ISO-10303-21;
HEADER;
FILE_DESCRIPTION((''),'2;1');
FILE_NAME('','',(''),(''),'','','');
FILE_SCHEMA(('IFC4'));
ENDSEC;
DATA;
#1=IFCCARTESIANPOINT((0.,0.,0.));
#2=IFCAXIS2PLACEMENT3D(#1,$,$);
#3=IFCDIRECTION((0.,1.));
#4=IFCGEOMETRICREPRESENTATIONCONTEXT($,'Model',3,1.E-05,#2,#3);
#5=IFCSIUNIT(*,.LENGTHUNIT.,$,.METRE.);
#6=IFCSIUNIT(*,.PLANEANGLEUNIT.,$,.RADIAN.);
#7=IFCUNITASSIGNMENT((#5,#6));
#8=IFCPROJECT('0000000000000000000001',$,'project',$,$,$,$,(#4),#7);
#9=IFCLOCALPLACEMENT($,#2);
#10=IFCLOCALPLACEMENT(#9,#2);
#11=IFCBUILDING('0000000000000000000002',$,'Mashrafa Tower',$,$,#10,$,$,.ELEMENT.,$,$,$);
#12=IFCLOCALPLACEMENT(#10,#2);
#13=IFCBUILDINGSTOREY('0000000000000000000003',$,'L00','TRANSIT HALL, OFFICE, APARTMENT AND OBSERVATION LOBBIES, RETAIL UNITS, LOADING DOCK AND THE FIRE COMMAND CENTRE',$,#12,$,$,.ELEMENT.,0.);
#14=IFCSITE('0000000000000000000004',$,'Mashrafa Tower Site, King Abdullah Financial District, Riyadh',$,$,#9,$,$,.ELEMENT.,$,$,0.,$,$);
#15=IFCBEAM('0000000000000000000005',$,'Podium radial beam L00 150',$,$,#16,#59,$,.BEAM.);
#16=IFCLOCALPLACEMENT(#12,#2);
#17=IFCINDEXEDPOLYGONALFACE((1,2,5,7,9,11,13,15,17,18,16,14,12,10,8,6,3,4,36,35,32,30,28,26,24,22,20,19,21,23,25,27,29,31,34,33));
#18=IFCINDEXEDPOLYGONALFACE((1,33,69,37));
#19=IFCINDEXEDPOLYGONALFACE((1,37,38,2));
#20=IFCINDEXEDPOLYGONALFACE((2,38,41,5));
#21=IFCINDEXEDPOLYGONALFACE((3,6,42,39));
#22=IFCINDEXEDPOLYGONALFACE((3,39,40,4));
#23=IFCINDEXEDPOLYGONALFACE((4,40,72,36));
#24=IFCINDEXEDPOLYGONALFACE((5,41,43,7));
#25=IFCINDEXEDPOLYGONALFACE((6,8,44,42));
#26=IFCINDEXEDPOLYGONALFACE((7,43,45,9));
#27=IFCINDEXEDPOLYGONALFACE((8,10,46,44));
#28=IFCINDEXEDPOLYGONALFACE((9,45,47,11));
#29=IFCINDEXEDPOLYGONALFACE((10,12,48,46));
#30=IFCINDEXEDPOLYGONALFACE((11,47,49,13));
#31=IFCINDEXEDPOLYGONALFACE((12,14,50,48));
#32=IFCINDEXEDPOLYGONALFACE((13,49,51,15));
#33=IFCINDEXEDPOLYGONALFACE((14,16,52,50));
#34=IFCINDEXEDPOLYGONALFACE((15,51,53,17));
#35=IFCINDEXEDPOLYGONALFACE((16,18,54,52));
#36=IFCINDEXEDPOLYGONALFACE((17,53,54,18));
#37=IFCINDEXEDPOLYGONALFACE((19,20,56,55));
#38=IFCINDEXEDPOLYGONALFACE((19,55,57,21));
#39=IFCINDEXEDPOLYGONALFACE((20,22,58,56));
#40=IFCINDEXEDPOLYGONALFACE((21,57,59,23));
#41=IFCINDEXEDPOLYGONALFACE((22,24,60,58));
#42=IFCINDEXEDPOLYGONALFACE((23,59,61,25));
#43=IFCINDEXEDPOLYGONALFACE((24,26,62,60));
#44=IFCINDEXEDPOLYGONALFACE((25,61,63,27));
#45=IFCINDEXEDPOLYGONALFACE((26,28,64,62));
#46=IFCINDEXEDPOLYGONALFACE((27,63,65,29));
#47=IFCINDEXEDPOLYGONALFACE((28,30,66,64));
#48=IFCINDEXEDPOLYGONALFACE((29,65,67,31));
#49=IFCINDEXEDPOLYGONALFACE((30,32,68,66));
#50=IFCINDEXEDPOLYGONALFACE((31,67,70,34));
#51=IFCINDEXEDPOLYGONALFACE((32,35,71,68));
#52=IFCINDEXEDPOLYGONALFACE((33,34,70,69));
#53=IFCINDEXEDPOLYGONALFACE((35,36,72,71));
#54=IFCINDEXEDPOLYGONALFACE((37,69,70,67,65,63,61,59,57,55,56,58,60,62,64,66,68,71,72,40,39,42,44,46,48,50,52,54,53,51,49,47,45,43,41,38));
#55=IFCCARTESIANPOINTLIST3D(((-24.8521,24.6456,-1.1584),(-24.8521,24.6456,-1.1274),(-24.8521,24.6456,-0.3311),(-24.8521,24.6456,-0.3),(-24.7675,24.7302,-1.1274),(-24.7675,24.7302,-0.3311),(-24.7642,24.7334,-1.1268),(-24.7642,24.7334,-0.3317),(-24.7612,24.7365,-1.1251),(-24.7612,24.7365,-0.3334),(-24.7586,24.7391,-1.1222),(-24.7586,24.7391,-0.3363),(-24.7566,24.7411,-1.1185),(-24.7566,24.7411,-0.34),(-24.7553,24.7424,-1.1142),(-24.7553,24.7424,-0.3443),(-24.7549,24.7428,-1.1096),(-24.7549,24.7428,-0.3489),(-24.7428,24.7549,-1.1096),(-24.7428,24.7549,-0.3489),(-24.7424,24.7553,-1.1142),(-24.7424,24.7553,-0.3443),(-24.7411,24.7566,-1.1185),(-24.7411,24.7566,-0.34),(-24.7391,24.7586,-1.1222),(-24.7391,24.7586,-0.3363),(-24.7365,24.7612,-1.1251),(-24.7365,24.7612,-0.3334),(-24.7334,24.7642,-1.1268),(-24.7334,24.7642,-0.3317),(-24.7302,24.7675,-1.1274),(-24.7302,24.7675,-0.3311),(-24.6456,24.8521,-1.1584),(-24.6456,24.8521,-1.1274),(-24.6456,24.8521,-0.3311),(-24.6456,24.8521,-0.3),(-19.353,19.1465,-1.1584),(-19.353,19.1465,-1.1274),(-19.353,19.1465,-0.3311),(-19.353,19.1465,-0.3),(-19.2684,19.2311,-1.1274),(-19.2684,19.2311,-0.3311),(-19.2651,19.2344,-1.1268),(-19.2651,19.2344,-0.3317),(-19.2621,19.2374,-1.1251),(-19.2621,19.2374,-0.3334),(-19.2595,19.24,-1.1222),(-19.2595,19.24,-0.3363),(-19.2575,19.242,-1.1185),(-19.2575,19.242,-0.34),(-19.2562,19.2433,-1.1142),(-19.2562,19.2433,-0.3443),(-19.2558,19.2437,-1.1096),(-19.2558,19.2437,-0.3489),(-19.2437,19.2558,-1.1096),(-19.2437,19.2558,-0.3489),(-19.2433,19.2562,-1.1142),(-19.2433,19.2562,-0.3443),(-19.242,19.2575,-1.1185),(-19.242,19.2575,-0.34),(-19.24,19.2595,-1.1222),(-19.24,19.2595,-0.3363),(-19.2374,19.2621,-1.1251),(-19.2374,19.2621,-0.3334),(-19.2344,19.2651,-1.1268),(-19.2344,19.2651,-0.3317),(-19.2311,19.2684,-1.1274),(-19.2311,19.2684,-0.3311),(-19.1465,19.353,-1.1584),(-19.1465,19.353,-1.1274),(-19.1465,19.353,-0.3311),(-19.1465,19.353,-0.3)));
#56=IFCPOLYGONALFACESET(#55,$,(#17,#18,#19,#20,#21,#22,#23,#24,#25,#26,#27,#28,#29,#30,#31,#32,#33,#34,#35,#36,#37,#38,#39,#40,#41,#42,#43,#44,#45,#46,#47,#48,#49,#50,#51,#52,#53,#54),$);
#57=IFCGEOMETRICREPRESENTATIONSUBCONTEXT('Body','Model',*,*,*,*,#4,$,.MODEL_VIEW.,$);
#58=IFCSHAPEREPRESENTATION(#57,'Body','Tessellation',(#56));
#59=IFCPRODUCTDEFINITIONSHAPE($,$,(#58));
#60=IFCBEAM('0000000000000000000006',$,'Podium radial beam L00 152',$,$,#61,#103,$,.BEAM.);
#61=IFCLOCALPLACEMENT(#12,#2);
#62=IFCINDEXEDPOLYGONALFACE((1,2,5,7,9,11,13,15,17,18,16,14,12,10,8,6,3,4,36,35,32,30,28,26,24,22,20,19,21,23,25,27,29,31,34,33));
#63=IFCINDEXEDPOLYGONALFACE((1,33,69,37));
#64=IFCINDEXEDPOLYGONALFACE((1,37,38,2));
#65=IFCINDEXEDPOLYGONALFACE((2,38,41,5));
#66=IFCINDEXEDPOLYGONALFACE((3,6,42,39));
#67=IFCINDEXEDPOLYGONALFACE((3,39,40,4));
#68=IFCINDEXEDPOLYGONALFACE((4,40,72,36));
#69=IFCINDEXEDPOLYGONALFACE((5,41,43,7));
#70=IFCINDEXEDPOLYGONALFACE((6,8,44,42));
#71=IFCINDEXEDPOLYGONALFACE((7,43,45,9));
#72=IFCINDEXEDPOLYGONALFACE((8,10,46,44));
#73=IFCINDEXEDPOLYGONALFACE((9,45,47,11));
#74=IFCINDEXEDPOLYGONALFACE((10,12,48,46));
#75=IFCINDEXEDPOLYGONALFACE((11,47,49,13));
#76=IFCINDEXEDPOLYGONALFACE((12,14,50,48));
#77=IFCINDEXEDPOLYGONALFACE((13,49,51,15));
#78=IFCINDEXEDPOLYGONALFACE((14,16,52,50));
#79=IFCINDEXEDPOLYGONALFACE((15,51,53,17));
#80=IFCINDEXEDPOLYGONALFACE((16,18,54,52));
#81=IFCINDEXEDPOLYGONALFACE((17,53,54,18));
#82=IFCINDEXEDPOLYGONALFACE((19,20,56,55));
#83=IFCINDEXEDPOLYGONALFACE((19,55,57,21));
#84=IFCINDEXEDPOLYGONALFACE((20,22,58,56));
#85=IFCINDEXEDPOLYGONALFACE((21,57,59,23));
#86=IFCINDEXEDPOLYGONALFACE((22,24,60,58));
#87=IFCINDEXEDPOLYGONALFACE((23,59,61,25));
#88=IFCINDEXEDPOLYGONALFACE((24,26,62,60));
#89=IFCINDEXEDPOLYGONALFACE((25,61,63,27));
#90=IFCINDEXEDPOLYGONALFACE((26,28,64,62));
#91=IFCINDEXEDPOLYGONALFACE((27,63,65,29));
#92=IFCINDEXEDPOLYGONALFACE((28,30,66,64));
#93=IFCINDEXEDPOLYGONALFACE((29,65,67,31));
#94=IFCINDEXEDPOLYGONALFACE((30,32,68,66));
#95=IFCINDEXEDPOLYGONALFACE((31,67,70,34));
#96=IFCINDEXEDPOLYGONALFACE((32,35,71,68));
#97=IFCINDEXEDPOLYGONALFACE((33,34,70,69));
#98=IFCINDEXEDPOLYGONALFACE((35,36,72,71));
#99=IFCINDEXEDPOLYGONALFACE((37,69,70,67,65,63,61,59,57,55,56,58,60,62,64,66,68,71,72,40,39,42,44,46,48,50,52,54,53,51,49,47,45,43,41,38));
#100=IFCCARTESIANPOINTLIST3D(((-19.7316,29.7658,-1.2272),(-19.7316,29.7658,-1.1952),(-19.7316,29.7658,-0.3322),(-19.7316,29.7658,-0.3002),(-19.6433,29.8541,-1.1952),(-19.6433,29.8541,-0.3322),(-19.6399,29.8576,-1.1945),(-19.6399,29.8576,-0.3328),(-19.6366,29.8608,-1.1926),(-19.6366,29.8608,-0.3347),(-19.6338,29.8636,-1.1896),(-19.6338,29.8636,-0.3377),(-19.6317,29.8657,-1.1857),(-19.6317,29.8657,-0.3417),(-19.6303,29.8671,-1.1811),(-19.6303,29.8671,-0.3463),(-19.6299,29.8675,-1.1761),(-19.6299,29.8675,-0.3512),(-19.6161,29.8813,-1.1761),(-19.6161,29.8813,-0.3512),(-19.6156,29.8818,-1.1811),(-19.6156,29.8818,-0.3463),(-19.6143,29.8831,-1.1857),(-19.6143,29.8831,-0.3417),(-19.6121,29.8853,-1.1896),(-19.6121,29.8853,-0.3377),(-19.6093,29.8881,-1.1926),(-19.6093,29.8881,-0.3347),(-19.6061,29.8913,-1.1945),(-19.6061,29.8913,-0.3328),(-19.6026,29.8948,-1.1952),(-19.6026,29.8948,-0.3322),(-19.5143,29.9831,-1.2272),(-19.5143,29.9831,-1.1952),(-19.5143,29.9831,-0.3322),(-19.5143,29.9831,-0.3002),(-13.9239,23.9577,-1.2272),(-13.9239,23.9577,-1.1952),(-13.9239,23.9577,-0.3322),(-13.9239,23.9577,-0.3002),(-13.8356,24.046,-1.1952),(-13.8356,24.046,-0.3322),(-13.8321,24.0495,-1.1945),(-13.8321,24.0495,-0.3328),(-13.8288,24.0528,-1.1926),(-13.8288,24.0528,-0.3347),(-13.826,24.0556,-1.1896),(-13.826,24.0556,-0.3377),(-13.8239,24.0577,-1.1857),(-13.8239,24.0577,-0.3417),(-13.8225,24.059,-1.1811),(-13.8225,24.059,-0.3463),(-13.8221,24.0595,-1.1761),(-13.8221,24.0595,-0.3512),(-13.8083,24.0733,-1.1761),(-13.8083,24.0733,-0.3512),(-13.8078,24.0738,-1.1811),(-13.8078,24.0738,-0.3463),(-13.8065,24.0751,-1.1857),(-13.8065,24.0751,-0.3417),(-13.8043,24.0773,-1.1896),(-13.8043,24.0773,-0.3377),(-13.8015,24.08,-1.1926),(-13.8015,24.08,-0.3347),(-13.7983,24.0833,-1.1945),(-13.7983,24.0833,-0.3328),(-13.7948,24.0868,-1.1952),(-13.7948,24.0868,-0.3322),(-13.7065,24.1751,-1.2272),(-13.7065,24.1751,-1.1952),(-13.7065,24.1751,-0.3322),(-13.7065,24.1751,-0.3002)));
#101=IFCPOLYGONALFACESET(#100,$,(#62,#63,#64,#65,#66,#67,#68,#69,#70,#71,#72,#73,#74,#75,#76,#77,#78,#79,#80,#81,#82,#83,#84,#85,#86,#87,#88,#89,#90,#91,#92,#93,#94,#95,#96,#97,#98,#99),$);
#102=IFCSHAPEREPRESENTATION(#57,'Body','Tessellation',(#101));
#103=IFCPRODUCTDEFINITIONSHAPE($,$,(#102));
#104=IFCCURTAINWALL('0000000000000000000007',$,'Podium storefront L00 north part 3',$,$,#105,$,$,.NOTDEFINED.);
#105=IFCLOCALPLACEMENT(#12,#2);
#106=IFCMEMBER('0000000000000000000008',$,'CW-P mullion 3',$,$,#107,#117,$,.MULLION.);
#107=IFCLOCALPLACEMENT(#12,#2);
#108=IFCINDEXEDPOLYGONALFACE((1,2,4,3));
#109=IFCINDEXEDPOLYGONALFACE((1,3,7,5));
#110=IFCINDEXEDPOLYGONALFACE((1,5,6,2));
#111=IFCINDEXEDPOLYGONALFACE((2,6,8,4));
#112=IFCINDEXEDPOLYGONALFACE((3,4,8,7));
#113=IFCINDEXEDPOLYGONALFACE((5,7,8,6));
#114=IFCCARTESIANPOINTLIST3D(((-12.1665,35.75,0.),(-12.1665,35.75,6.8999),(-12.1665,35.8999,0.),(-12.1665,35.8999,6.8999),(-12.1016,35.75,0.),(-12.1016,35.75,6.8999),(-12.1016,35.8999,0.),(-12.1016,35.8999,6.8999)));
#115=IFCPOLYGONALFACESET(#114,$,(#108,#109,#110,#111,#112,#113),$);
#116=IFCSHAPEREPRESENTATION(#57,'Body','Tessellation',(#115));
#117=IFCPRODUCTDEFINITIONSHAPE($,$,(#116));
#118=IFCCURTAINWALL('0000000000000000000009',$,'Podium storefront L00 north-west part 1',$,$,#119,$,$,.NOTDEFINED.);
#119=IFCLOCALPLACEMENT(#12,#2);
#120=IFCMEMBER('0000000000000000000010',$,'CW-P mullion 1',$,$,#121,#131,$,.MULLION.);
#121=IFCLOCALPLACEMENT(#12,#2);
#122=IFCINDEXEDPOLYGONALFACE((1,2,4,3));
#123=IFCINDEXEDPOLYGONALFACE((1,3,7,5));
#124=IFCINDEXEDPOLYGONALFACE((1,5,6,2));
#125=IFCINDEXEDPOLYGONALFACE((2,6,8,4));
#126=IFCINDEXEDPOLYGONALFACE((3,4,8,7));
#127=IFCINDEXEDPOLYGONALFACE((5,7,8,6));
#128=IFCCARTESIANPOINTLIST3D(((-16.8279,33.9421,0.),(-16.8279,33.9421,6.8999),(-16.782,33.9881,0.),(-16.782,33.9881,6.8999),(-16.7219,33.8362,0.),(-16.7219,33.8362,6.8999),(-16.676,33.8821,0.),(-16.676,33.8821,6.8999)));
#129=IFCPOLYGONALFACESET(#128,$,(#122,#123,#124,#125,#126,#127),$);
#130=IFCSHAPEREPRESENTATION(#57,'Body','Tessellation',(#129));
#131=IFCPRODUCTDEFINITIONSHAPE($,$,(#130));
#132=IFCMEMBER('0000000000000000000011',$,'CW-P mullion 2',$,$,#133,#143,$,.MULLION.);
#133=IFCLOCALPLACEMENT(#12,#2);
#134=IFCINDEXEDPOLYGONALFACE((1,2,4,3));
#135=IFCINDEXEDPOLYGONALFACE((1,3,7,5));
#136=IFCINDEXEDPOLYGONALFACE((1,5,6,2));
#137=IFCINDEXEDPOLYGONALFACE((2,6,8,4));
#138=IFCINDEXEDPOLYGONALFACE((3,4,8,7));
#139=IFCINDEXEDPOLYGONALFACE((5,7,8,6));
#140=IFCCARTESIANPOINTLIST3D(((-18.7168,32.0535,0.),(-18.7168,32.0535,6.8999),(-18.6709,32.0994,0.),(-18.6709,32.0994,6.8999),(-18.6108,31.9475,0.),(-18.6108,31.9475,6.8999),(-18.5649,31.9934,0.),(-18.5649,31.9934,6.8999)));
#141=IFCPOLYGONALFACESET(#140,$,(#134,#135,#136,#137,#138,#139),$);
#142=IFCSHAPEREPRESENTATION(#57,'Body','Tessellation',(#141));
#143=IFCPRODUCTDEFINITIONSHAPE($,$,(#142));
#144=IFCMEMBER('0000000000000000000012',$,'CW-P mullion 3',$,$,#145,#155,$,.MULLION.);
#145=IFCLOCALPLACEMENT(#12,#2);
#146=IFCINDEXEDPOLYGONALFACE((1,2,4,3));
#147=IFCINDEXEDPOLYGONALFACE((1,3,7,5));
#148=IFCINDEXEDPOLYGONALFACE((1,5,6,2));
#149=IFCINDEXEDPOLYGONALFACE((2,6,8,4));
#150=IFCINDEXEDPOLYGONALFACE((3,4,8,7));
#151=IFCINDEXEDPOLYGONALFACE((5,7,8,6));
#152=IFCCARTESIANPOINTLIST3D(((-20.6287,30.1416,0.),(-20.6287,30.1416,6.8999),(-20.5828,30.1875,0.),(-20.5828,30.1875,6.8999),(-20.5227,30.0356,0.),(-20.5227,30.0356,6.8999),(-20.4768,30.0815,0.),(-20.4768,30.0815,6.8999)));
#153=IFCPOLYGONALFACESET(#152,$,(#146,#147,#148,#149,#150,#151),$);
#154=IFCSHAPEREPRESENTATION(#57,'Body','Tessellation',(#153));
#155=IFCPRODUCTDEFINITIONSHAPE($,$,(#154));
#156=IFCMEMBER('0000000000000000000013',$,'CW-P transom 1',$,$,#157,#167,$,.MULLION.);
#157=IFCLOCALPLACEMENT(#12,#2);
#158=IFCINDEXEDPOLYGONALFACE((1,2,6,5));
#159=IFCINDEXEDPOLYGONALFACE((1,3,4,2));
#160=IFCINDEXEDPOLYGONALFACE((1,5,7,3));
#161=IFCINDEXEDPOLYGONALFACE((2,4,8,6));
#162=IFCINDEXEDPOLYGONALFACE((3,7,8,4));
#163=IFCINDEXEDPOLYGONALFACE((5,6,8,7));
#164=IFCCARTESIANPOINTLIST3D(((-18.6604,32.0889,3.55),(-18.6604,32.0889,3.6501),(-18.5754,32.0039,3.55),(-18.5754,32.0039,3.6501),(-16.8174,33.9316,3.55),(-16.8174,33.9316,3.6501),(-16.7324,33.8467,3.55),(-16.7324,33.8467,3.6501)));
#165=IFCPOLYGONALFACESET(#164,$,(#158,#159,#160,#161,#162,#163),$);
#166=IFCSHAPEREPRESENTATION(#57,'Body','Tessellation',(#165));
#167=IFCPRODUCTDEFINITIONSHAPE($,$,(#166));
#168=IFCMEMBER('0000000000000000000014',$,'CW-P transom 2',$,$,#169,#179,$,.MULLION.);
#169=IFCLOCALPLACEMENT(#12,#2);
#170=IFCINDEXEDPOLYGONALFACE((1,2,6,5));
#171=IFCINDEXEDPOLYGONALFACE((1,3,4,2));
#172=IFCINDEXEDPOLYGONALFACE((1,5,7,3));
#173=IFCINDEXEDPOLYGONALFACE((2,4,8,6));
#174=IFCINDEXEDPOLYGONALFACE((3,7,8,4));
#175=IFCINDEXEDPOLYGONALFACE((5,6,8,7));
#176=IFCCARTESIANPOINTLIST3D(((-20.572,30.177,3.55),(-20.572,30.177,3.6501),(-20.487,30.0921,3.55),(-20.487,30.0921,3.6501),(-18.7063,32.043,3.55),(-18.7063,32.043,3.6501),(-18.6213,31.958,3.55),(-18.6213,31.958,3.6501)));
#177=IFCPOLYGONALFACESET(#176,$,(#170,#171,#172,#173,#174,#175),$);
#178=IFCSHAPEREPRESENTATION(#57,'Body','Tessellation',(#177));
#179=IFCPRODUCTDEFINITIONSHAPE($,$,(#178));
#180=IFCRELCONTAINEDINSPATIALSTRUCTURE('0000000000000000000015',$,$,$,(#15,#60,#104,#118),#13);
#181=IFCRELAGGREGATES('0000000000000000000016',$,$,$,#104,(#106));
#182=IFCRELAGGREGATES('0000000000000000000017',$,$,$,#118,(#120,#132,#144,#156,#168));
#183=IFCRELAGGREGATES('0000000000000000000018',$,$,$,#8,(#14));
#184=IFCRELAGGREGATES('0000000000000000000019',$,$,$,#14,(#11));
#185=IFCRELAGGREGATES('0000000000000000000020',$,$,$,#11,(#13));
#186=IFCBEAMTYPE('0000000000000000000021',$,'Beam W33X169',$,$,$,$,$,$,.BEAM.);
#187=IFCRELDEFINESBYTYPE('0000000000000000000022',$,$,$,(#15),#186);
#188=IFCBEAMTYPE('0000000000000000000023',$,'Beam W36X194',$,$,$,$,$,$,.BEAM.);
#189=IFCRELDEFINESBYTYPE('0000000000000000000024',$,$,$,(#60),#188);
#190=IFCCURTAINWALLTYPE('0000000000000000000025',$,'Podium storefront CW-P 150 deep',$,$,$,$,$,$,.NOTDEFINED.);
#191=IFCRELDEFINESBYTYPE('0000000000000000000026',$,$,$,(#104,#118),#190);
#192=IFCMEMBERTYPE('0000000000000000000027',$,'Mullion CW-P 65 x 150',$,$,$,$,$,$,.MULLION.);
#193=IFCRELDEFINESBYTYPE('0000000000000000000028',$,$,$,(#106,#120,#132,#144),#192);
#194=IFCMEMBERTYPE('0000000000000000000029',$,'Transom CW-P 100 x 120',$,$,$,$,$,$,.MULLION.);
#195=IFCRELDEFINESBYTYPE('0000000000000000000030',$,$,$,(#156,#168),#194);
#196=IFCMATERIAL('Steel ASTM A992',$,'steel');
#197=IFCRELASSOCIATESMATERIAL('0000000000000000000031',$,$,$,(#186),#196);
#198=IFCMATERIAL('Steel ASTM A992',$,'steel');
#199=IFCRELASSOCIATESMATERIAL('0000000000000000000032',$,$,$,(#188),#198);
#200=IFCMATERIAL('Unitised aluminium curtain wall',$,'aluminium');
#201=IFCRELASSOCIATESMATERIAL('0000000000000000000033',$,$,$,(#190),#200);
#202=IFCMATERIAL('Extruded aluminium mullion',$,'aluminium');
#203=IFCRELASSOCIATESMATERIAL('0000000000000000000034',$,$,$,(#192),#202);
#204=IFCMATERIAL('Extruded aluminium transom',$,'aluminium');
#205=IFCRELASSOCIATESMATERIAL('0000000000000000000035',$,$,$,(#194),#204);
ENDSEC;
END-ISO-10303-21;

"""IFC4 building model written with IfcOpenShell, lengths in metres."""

from ifc_helpers import new_model, si_unit, direction, frame, origin, origin_2d, place, context, subcontext, project, spatial, rectangle, i_section, extrude, source, transform, mapped, material, material_profile, profile_set, type_object, type_shapes, element, aggregate, save


model = new_model("IFC4")

# Units and contexts
model_context = context("Model", 3, precision=1e-05, world=origin(), true_north=direction((0.0, 1.0)))
body_context = subcontext(model_context, "Body", "Model", "MODEL_VIEW")
ifc_project = project(units=[si_unit("LENGTHUNIT", "METRE"), si_unit("PLANEANGLEUNIT", "RADIAN")], contexts=[model_context])

# Site, building, storey
site_placement = place(None, origin())
site = spatial("IfcSite", under=ifc_project, at=site_placement, Name="Mashrafa Tower Site, King Abdullah Financial District, Riyadh", CompositionType="ELEMENT", RefElevation=0.0)
building_placement = place(site_placement, origin())
building = spatial("IfcBuilding", under=site, at=building_placement, Name="Mashrafa Tower", CompositionType="ELEMENT")
storey_placement = place(building_placement, origin())
storey = spatial("IfcBuildingStorey", under=building, at=storey_placement, Name="L00", Description="TRANSIT HALL, OFFICE, APARTMENT AND OBSERVATION LOBBIES, RETAIL UNITS, LOADING DOCK AND THE FIRE COMMAND CENTRE", CompositionType="ELEMENT", Elevation=0.0)

# Beams
ifc_material_1 = material(Name="Steel ASTM A992", Category="steel")
ifc_material_profile_1 = material_profile(ifc_material_1, i_section(OverallWidth=0.292, OverallDepth=0.8584, WebThickness=0.0171, FlangeThickness=0.031, FilletRadius=0.0178, at=origin_2d()), Name="W33X169")
ifc_profile_set_1 = profile_set([ifc_material_profile_1], Name="Steel ASTM A992")
beam_type_1 = type_object("IfcBeamType", Name="Beam W33X169", PredefinedType="BEAM", material=ifc_profile_set_1)
beam_1_placement = place(storey_placement, frame((-19.2498, 19.2498, -0.7292), z_axis=(-0.707107, 0.707107, 0.0), x_axis=(-0.707107, -0.707107, 0.0)))
element("IfcBeam", 1, at=beam_1_placement, inside=storey, type_object=beam_type_1, Name="Podium radial beam L00 150", PredefinedType="BEAM", context=body_context, shape_type="SweptSolid", body=[
    extrude(i_section(OverallWidth=0.292, OverallDepth=0.8584, WebThickness=0.0171, FlangeThickness=0.031, FilletRadius=0.0178, at=origin_2d()), origin(), (0.0, 0.0, 1.0), 7.7769),
])
ifc_material_2 = material(Name="Steel ASTM A992", Category="steel")
ifc_material_profile_2 = material_profile(ifc_material_2, i_section(OverallWidth=0.3074, OverallDepth=0.927, WebThickness=0.0195, FlangeThickness=0.032, FilletRadius=0.019, at=origin_2d()), Name="W36X194")
ifc_profile_set_2 = profile_set([ifc_material_profile_2], Name="Steel ASTM A992")
beam_type_2 = type_object("IfcBeamType", Name="Beam W36X194", PredefinedType="BEAM", material=ifc_profile_set_2)
beam_2_placement = place(storey_placement, frame((-13.8152, 24.0664, -0.7637), z_axis=(-0.707092, 0.707122, 0.0), x_axis=(-0.707122, -0.707092, 0.0)))
element("IfcBeam", 2, at=beam_2_placement, inside=storey, type_object=beam_type_2, Name="Podium radial beam L00 152", PredefinedType="BEAM", context=body_context, shape_type="SweptSolid", body=[
    extrude(i_section(OverallWidth=0.3074, OverallDepth=0.927, WebThickness=0.0195, FlangeThickness=0.032, FilletRadius=0.019, at=origin_2d()), origin(), (0.0, 0.0, 1.0), 8.2136),
])

# Curtain wall, member
ifc_material_3 = material(Name="Unitised aluminium curtain wall", Category="aluminium")
curtain_wall_type = type_object("IfcCurtainWallType", Name="Podium storefront CW-P 150 deep", PredefinedType="NOTDEFINED", material=ifc_material_3)
curtain_wall_1_placement = place(storey_placement, origin())
curtain_wall_1 = element("IfcCurtainWall", 3, at=curtain_wall_1_placement, inside=storey, type_object=curtain_wall_type, Name="Podium storefront L00 north part 3", PredefinedType="NOTDEFINED")
ifc_material_4 = material(Name="Extruded aluminium mullion", Category="aluminium")
ifc_material_profile_3 = material_profile(ifc_material_4, rectangle(XDim=0.1499, YDim=0.0649, at=origin_2d()), Name="Mullion 65x150")
ifc_profile_set_3 = profile_set([ifc_material_profile_3], Name="Extruded aluminium mullion")
member_type_1 = type_object("IfcMemberType", Name="Mullion CW-P 65 x 150", PredefinedType="MULLION", material=ifc_profile_set_3)
shared_shape_1 = source(origin(), body_context, "Body", "SweptSolid", [
    extrude(rectangle(XDim=0.1499, YDim=0.0649, at=origin_2d()), origin(), (0.0, 0.0, 1.0), 6.8999),
])
type_shapes(member_type_1, [shared_shape_1])
member_1_placement = place(storey_placement, frame((-12.134, 35.825, 0.0), z_axis=(0.0, 0.0, 1.0), x_axis=(0.0, -1.0, 0.0)))
member_1 = element("IfcMember", 4, at=member_1_placement, type_object=member_type_1, Name="CW-P mullion 3", PredefinedType="MULLION", context=body_context, shape_type="MappedRepresentation", body=[
    mapped(shared_shape_1, transform((0.0, 0.0, 0.0))),
])
aggregate(curtain_wall_1, [member_1])

# Curtain wall, members
curtain_wall_2_placement = place(storey_placement, origin())
curtain_wall_2 = element("IfcCurtainWall", 5, at=curtain_wall_2_placement, inside=storey, type_object=curtain_wall_type, Name="Podium storefront L00 north-west part 1", PredefinedType="NOTDEFINED")
member_2_placement = place(storey_placement, frame((-16.752, 33.9121, 0.0), z_axis=(0.0, 0.0, 1.0), x_axis=(0.707107, -0.707107, 0.0)))
member_2 = element("IfcMember", 6, at=member_2_placement, type_object=member_type_1, Name="CW-P mullion 1", PredefinedType="MULLION", context=body_context, shape_type="MappedRepresentation", body=[
    mapped(shared_shape_1, transform((0.0, 0.0, 0.0))),
])
member_3_placement = place(storey_placement, frame((-18.6409, 32.0234, 0.0), z_axis=(0.0, 0.0, 1.0), x_axis=(0.707107, -0.707107, 0.0)))
member_3 = element("IfcMember", 7, at=member_3_placement, type_object=member_type_1, Name="CW-P mullion 2", PredefinedType="MULLION", context=body_context, shape_type="MappedRepresentation", body=[
    mapped(shared_shape_1, transform((0.0, 0.0, 0.0))),
])
member_4_placement = place(storey_placement, frame((-20.5527, 30.1116, 0.0), z_axis=(0.0, 0.0, 1.0), x_axis=(0.707107, -0.707107, 0.0)))
member_4 = element("IfcMember", 8, at=member_4_placement, type_object=member_type_1, Name="CW-P mullion 3", PredefinedType="MULLION", context=body_context, shape_type="MappedRepresentation", body=[
    mapped(shared_shape_1, transform((0.0, 0.0, 0.0))),
])
ifc_material_5 = material(Name="Extruded aluminium transom", Category="aluminium")
ifc_material_profile_4 = material_profile(ifc_material_5, rectangle(XDim=0.1201, YDim=0.1001, at=origin_2d()), Name="Transom 100x120")
ifc_profile_set_4 = profile_set([ifc_material_profile_4], Name="Extruded aluminium transom")
member_type_2 = type_object("IfcMemberType", Name="Transom CW-P 100 x 120", PredefinedType="MULLION", material=ifc_profile_set_4)
shared_shape_2 = source(origin(), body_context, "Body", "SweptSolid", [
    extrude(rectangle(XDim=0.1201, YDim=0.1001, at=origin_2d()), origin(), (0.0, 0.0, 1.0), 2.6062),
])
member_5_placement = place(storey_placement, frame((-16.7749, 33.8892, 3.6001), z_axis=(-0.707154, -0.70706, 0.0), x_axis=(0.70706, -0.707154, 0.0)))
member_5 = element("IfcMember", 9, at=member_5_placement, type_object=member_type_2, Name="CW-P transom 1", PredefinedType="MULLION", context=body_context, shape_type="MappedRepresentation", body=[
    mapped(shared_shape_2, transform((0.0, 0.0, 0.0))),
])
shared_shape_3 = source(origin(), body_context, "Body", "SweptSolid", [
    extrude(rectangle(XDim=0.1201, YDim=0.1001, at=origin_2d()), origin(), (0.0, 0.0, 1.0), 2.6387),
])
type_shapes(member_type_2, [shared_shape_2, shared_shape_3])
member_6_placement = place(storey_placement, frame((-18.6638, 32.0005, 3.6001), z_axis=(-0.707061, -0.707153, 0.0), x_axis=(0.707153, -0.707061, 0.0)))
member_6 = element("IfcMember", 10, at=member_6_placement, type_object=member_type_2, Name="CW-P transom 2", PredefinedType="MULLION", context=body_context, shape_type="MappedRepresentation", body=[
    mapped(shared_shape_3, transform((0.0, 0.0, 0.0))),
])
aggregate(curtain_wall_2, [member_2, member_3, member_4, member_5, member_6])

save(model, "model.ifc")
